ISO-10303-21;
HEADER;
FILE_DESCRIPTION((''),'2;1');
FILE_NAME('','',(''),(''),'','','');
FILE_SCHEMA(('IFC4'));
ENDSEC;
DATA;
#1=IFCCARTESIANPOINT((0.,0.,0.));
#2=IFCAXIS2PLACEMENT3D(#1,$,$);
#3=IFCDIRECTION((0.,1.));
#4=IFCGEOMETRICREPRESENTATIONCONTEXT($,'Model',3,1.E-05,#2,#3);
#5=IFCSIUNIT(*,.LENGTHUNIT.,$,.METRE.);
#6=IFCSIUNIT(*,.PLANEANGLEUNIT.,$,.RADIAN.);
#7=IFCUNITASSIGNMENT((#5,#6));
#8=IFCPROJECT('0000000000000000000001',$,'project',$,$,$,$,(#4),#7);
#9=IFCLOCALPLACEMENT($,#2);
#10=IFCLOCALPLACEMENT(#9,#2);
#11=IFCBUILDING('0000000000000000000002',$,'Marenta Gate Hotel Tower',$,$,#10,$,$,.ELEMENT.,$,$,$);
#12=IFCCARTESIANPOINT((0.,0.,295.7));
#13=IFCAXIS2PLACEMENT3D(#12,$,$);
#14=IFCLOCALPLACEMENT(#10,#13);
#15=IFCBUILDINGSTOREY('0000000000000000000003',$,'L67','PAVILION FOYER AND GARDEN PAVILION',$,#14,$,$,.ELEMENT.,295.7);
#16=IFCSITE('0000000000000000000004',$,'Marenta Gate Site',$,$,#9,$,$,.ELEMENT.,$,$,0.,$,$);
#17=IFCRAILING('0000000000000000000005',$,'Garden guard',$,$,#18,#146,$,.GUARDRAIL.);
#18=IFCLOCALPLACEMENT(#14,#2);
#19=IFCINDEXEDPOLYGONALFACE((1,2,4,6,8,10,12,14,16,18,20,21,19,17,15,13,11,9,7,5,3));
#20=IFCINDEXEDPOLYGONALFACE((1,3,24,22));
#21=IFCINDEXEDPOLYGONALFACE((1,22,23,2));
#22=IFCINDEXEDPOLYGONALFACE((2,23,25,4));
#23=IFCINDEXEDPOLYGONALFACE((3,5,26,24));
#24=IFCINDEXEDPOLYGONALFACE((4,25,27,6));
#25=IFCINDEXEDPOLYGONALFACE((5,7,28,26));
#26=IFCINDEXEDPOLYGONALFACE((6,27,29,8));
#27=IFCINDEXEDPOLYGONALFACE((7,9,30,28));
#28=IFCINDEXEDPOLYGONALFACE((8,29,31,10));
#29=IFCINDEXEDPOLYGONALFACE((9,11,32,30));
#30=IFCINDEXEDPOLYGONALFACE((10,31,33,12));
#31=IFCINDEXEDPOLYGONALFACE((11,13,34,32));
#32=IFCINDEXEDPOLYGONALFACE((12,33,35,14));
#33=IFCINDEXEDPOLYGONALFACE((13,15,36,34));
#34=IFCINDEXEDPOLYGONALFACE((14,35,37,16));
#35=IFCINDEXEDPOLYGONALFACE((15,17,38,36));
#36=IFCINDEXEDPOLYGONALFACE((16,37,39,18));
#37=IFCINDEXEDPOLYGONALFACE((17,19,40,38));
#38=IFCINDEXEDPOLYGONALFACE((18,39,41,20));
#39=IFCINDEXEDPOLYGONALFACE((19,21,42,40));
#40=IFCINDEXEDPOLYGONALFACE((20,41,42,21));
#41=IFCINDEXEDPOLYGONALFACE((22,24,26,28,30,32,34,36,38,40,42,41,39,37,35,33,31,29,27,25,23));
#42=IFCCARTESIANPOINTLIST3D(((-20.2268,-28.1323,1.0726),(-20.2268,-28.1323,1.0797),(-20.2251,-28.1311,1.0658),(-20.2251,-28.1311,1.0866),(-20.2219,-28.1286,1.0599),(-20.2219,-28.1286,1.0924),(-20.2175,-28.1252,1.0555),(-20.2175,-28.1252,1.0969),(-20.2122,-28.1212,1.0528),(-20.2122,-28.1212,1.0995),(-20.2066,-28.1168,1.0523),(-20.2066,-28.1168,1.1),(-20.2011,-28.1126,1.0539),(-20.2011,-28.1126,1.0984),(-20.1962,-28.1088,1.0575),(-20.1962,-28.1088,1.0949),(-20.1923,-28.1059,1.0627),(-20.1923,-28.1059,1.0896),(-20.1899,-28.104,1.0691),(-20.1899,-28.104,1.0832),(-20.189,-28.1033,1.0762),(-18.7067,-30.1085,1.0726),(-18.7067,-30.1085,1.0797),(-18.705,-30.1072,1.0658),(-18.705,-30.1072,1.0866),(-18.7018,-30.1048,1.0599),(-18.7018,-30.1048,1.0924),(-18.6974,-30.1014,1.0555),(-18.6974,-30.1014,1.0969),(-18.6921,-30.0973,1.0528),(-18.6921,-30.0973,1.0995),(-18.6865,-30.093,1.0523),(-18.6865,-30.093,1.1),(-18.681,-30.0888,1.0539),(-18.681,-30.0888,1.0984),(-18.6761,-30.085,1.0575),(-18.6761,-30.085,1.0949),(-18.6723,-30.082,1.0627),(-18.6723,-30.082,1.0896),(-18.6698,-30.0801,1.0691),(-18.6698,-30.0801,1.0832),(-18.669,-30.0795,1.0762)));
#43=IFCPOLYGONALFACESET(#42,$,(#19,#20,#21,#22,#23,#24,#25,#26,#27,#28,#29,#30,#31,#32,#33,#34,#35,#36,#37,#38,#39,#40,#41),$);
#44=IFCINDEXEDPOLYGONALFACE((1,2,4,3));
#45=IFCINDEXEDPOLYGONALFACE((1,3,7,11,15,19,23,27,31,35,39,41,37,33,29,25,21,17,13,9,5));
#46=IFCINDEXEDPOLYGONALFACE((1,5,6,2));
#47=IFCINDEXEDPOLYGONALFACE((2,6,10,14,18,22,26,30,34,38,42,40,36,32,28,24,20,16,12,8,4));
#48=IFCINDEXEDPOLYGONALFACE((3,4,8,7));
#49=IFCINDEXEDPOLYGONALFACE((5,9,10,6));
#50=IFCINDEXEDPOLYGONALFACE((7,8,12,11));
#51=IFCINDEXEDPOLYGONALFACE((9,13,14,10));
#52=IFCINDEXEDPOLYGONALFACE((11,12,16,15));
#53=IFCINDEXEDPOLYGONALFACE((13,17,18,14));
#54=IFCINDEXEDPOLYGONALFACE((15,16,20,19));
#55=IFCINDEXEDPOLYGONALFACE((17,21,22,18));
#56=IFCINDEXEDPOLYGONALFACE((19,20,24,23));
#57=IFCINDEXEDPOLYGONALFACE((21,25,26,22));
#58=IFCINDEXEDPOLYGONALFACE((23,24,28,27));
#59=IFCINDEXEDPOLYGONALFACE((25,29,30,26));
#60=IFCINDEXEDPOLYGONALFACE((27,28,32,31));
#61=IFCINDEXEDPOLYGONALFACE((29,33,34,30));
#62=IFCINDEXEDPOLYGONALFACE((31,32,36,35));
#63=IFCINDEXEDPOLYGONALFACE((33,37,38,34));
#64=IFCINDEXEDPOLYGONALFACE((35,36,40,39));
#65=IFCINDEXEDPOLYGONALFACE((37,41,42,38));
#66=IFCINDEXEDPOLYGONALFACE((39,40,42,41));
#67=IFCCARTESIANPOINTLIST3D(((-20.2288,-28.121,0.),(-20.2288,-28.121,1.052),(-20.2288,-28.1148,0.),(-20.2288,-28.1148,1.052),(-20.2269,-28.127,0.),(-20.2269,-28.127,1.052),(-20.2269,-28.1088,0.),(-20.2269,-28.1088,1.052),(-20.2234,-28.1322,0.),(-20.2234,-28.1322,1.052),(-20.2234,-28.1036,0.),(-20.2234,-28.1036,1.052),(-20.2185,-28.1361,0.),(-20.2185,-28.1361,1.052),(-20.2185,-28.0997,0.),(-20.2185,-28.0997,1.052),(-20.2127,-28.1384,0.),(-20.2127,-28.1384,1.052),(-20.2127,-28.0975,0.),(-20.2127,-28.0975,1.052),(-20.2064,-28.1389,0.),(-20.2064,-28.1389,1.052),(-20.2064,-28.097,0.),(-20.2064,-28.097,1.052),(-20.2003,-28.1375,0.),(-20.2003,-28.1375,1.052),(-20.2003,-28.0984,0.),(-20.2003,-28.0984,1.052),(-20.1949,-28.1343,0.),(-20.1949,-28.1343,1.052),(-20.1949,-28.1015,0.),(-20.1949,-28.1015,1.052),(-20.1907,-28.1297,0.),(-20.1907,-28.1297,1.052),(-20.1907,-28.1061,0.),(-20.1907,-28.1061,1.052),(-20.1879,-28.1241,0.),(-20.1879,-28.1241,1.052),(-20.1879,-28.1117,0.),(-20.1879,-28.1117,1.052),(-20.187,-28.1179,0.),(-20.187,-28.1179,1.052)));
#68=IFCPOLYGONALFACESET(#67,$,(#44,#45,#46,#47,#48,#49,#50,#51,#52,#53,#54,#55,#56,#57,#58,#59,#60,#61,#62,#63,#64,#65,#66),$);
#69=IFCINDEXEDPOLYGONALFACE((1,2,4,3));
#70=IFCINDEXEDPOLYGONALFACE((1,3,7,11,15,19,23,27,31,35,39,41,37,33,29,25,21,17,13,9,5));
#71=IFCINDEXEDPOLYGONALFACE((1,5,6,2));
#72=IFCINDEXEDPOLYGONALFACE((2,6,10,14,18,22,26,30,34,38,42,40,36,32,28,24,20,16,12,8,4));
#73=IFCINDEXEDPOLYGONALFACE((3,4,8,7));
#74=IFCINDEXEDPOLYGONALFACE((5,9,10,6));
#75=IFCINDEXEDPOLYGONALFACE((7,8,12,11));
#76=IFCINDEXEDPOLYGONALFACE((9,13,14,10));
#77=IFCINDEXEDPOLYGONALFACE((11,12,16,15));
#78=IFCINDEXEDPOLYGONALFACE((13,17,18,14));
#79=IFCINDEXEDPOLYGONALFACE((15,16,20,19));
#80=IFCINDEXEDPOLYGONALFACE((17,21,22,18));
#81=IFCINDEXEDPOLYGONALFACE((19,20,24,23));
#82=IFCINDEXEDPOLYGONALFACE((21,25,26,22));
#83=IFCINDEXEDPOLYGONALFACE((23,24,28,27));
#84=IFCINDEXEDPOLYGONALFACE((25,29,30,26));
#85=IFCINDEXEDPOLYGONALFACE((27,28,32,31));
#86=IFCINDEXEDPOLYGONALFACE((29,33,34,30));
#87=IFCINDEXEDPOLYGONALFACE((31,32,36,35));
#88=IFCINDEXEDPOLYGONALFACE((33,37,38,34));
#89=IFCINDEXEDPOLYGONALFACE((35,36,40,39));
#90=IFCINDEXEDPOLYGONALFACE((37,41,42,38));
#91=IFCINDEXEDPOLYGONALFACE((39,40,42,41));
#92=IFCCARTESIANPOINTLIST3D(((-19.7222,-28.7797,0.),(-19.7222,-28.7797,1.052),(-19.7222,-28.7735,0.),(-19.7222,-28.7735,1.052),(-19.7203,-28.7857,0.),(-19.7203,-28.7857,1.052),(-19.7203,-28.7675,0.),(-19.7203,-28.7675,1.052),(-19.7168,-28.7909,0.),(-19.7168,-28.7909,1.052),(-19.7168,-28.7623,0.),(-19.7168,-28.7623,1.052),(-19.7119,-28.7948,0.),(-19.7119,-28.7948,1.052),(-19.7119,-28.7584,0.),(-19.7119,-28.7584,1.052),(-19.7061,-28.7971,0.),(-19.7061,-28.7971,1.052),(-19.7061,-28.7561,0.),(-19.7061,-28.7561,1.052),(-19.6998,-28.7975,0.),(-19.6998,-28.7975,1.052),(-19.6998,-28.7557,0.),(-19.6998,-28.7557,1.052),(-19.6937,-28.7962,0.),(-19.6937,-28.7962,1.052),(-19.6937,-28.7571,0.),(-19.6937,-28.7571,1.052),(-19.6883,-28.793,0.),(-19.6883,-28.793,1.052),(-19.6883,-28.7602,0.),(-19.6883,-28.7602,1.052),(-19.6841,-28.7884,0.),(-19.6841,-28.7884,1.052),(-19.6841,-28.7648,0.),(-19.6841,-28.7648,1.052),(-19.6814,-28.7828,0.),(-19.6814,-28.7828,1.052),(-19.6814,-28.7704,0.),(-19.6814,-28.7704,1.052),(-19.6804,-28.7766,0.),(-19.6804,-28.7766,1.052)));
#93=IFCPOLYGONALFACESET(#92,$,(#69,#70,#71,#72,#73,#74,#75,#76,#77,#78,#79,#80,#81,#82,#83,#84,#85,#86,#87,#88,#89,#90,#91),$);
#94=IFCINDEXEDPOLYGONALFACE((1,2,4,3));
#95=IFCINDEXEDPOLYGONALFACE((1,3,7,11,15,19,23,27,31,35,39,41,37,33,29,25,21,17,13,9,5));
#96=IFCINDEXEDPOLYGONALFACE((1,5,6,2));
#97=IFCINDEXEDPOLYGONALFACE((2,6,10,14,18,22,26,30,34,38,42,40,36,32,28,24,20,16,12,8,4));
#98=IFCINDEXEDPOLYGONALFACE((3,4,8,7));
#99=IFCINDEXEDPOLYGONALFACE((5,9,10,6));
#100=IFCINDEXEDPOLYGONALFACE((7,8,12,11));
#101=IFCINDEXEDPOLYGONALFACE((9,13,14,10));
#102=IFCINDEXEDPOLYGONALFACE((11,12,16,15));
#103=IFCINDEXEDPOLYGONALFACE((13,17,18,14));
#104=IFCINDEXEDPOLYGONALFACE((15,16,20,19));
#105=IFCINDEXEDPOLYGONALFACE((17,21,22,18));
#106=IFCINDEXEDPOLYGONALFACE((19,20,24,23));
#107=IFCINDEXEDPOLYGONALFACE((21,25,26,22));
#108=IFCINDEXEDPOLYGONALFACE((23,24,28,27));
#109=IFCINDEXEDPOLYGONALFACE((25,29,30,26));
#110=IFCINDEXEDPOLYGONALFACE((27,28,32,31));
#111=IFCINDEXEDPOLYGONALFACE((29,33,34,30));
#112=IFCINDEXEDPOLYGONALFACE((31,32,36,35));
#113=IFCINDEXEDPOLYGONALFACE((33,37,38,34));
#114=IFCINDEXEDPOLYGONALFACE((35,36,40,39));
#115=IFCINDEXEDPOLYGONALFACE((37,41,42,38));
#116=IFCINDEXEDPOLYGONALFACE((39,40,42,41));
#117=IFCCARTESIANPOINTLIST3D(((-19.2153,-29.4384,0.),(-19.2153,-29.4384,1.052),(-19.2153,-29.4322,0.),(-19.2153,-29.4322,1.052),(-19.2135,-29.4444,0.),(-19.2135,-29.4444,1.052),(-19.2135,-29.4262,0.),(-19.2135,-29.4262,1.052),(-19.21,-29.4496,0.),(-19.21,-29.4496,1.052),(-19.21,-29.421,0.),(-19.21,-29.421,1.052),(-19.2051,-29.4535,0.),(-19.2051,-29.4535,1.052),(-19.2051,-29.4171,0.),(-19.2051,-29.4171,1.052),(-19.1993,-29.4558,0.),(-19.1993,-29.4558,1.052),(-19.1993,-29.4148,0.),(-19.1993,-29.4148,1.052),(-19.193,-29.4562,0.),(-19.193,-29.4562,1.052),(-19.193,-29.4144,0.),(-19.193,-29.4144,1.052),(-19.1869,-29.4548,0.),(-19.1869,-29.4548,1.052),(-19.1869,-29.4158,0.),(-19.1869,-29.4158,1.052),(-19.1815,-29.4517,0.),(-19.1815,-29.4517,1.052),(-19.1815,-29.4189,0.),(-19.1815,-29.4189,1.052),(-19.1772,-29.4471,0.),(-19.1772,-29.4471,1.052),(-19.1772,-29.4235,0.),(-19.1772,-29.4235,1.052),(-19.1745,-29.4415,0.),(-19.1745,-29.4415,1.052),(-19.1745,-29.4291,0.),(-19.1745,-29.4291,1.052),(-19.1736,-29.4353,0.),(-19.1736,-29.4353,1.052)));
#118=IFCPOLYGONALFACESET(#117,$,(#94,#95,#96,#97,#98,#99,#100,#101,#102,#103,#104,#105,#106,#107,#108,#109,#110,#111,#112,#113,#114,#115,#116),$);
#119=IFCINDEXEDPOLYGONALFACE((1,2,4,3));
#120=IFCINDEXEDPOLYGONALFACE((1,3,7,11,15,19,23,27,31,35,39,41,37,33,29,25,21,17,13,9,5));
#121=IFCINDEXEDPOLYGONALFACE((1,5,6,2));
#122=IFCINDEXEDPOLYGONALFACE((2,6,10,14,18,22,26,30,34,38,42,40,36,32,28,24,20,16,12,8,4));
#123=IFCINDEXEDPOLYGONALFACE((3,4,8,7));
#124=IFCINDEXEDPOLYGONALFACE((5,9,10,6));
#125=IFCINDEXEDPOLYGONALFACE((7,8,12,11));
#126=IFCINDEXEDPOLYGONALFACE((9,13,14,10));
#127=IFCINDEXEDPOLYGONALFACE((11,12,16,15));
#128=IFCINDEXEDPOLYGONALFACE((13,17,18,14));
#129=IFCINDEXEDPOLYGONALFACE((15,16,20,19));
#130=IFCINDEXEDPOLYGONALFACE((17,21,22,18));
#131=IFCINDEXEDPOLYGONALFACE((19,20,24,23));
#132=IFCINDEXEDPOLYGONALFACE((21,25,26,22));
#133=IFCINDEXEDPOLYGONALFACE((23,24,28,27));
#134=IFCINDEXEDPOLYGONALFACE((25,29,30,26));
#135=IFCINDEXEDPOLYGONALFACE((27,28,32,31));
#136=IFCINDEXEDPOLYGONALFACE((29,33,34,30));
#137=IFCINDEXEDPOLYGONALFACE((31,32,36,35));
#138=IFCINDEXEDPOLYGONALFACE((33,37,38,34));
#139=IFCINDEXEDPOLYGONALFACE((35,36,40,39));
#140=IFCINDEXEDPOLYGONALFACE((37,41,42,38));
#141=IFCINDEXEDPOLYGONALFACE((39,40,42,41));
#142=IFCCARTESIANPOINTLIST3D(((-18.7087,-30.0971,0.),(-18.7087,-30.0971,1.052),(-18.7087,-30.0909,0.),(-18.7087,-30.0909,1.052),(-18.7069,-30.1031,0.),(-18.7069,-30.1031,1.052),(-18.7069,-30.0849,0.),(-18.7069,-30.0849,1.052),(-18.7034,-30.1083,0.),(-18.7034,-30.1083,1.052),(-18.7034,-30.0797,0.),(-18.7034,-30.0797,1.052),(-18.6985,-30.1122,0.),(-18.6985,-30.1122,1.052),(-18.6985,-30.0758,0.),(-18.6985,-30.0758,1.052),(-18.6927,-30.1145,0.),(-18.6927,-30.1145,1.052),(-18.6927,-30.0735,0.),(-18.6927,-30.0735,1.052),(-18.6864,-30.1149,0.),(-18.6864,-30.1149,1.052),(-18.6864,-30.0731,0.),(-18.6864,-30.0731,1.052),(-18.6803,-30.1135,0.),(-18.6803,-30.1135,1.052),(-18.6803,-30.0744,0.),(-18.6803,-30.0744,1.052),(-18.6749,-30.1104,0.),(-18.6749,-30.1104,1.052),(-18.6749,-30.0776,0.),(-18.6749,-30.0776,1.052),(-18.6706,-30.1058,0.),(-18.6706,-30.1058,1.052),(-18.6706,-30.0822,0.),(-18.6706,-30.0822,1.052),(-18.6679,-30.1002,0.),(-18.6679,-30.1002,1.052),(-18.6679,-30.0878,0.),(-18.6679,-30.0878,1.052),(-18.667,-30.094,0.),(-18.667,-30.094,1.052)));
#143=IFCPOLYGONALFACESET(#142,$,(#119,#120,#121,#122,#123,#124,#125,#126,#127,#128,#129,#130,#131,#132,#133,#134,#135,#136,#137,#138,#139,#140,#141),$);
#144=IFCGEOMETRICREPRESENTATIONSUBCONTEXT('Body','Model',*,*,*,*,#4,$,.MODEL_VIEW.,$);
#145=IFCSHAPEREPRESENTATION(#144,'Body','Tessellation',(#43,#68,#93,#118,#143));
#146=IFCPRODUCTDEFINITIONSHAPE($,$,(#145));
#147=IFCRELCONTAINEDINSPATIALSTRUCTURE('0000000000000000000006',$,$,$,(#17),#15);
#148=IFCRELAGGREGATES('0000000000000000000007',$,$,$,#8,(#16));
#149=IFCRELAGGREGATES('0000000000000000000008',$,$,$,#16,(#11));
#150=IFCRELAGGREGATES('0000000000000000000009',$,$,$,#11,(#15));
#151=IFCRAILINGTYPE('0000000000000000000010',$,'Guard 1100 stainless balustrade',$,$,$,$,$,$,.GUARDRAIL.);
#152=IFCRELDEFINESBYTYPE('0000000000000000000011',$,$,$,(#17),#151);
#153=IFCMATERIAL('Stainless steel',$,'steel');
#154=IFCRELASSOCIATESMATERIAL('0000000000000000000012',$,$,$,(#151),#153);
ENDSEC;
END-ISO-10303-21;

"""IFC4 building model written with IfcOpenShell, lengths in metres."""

from ifc_helpers import new_model, si_unit, direction, frame, origin, origin_2d, place, context, subcontext, project, spatial, circle, extrude, material, type_object, element, save


model = new_model("IFC4")

# Units and contexts
model_context = context("Model", 3, precision=1e-05, world=origin(), true_north=direction((0.0, 1.0)))
body_context = subcontext(model_context, "Body", "Model", "MODEL_VIEW")
ifc_project = project(units=[si_unit("LENGTHUNIT", "METRE"), si_unit("PLANEANGLEUNIT", "RADIAN")], contexts=[model_context])

# Site, building, storey
site_placement = place(None, origin())
site = spatial("IfcSite", under=ifc_project, at=site_placement, Name="Marenta Gate Site", CompositionType="ELEMENT", RefElevation=0.0)
building_placement = place(site_placement, origin())
building = spatial("IfcBuilding", under=site, at=building_placement, Name="Marenta Gate Hotel Tower", CompositionType="ELEMENT")
storey_placement = place(building_placement, frame((0.0, 0.0, 295.7)))
storey = spatial("IfcBuildingStorey", under=building, at=storey_placement, Name="L67", Description="PAVILION FOYER AND GARDEN PAVILION", CompositionType="ELEMENT", Elevation=295.7)

# Railing
ifc_material_1 = material(Name="Stainless steel", Category="steel")
railing_type = type_object("IfcRailingType", Name="Guard 1100 stainless balustrade", PredefinedType="GUARDRAIL", material=ifc_material_1)
railing_1_placement = place(storey_placement, frame((-20.208, -28.1179, 0.0)))
element("IfcRailing", 1, at=railing_1_placement, inside=storey, type_object=railing_type, Name="Garden guard", PredefinedType="GUARDRAIL", context=body_context, shape_type="SweptSolid", body=[
    extrude(circle(Radius=0.0239, at=origin_2d()), frame((0.0, 0.0, 1.0762), z_axis=(0.609701, -0.792631, 0.0), x_axis=(0.792631, 0.609701, 0.0)), (0.0, 0.0, 1.0), 2.4932),
    extrude(circle(Radius=0.021, at=origin_2d()), origin(), (0.0, 0.0, 1.0), 1.052),
    extrude(circle(Radius=0.021, at=origin_2d()), frame((0.5066, -0.6587, 0.0)), (0.0, 0.0, 1.0), 1.052),
    extrude(circle(Radius=0.021, at=origin_2d()), frame((1.0134, -1.3174, 0.0)), (0.0, 0.0, 1.0), 1.052),
    extrude(circle(Radius=0.021, at=origin_2d()), frame((1.52, -1.9761, 0.0)), (0.0, 0.0, 1.0), 1.052),
])

save(model, "model.ifc")
